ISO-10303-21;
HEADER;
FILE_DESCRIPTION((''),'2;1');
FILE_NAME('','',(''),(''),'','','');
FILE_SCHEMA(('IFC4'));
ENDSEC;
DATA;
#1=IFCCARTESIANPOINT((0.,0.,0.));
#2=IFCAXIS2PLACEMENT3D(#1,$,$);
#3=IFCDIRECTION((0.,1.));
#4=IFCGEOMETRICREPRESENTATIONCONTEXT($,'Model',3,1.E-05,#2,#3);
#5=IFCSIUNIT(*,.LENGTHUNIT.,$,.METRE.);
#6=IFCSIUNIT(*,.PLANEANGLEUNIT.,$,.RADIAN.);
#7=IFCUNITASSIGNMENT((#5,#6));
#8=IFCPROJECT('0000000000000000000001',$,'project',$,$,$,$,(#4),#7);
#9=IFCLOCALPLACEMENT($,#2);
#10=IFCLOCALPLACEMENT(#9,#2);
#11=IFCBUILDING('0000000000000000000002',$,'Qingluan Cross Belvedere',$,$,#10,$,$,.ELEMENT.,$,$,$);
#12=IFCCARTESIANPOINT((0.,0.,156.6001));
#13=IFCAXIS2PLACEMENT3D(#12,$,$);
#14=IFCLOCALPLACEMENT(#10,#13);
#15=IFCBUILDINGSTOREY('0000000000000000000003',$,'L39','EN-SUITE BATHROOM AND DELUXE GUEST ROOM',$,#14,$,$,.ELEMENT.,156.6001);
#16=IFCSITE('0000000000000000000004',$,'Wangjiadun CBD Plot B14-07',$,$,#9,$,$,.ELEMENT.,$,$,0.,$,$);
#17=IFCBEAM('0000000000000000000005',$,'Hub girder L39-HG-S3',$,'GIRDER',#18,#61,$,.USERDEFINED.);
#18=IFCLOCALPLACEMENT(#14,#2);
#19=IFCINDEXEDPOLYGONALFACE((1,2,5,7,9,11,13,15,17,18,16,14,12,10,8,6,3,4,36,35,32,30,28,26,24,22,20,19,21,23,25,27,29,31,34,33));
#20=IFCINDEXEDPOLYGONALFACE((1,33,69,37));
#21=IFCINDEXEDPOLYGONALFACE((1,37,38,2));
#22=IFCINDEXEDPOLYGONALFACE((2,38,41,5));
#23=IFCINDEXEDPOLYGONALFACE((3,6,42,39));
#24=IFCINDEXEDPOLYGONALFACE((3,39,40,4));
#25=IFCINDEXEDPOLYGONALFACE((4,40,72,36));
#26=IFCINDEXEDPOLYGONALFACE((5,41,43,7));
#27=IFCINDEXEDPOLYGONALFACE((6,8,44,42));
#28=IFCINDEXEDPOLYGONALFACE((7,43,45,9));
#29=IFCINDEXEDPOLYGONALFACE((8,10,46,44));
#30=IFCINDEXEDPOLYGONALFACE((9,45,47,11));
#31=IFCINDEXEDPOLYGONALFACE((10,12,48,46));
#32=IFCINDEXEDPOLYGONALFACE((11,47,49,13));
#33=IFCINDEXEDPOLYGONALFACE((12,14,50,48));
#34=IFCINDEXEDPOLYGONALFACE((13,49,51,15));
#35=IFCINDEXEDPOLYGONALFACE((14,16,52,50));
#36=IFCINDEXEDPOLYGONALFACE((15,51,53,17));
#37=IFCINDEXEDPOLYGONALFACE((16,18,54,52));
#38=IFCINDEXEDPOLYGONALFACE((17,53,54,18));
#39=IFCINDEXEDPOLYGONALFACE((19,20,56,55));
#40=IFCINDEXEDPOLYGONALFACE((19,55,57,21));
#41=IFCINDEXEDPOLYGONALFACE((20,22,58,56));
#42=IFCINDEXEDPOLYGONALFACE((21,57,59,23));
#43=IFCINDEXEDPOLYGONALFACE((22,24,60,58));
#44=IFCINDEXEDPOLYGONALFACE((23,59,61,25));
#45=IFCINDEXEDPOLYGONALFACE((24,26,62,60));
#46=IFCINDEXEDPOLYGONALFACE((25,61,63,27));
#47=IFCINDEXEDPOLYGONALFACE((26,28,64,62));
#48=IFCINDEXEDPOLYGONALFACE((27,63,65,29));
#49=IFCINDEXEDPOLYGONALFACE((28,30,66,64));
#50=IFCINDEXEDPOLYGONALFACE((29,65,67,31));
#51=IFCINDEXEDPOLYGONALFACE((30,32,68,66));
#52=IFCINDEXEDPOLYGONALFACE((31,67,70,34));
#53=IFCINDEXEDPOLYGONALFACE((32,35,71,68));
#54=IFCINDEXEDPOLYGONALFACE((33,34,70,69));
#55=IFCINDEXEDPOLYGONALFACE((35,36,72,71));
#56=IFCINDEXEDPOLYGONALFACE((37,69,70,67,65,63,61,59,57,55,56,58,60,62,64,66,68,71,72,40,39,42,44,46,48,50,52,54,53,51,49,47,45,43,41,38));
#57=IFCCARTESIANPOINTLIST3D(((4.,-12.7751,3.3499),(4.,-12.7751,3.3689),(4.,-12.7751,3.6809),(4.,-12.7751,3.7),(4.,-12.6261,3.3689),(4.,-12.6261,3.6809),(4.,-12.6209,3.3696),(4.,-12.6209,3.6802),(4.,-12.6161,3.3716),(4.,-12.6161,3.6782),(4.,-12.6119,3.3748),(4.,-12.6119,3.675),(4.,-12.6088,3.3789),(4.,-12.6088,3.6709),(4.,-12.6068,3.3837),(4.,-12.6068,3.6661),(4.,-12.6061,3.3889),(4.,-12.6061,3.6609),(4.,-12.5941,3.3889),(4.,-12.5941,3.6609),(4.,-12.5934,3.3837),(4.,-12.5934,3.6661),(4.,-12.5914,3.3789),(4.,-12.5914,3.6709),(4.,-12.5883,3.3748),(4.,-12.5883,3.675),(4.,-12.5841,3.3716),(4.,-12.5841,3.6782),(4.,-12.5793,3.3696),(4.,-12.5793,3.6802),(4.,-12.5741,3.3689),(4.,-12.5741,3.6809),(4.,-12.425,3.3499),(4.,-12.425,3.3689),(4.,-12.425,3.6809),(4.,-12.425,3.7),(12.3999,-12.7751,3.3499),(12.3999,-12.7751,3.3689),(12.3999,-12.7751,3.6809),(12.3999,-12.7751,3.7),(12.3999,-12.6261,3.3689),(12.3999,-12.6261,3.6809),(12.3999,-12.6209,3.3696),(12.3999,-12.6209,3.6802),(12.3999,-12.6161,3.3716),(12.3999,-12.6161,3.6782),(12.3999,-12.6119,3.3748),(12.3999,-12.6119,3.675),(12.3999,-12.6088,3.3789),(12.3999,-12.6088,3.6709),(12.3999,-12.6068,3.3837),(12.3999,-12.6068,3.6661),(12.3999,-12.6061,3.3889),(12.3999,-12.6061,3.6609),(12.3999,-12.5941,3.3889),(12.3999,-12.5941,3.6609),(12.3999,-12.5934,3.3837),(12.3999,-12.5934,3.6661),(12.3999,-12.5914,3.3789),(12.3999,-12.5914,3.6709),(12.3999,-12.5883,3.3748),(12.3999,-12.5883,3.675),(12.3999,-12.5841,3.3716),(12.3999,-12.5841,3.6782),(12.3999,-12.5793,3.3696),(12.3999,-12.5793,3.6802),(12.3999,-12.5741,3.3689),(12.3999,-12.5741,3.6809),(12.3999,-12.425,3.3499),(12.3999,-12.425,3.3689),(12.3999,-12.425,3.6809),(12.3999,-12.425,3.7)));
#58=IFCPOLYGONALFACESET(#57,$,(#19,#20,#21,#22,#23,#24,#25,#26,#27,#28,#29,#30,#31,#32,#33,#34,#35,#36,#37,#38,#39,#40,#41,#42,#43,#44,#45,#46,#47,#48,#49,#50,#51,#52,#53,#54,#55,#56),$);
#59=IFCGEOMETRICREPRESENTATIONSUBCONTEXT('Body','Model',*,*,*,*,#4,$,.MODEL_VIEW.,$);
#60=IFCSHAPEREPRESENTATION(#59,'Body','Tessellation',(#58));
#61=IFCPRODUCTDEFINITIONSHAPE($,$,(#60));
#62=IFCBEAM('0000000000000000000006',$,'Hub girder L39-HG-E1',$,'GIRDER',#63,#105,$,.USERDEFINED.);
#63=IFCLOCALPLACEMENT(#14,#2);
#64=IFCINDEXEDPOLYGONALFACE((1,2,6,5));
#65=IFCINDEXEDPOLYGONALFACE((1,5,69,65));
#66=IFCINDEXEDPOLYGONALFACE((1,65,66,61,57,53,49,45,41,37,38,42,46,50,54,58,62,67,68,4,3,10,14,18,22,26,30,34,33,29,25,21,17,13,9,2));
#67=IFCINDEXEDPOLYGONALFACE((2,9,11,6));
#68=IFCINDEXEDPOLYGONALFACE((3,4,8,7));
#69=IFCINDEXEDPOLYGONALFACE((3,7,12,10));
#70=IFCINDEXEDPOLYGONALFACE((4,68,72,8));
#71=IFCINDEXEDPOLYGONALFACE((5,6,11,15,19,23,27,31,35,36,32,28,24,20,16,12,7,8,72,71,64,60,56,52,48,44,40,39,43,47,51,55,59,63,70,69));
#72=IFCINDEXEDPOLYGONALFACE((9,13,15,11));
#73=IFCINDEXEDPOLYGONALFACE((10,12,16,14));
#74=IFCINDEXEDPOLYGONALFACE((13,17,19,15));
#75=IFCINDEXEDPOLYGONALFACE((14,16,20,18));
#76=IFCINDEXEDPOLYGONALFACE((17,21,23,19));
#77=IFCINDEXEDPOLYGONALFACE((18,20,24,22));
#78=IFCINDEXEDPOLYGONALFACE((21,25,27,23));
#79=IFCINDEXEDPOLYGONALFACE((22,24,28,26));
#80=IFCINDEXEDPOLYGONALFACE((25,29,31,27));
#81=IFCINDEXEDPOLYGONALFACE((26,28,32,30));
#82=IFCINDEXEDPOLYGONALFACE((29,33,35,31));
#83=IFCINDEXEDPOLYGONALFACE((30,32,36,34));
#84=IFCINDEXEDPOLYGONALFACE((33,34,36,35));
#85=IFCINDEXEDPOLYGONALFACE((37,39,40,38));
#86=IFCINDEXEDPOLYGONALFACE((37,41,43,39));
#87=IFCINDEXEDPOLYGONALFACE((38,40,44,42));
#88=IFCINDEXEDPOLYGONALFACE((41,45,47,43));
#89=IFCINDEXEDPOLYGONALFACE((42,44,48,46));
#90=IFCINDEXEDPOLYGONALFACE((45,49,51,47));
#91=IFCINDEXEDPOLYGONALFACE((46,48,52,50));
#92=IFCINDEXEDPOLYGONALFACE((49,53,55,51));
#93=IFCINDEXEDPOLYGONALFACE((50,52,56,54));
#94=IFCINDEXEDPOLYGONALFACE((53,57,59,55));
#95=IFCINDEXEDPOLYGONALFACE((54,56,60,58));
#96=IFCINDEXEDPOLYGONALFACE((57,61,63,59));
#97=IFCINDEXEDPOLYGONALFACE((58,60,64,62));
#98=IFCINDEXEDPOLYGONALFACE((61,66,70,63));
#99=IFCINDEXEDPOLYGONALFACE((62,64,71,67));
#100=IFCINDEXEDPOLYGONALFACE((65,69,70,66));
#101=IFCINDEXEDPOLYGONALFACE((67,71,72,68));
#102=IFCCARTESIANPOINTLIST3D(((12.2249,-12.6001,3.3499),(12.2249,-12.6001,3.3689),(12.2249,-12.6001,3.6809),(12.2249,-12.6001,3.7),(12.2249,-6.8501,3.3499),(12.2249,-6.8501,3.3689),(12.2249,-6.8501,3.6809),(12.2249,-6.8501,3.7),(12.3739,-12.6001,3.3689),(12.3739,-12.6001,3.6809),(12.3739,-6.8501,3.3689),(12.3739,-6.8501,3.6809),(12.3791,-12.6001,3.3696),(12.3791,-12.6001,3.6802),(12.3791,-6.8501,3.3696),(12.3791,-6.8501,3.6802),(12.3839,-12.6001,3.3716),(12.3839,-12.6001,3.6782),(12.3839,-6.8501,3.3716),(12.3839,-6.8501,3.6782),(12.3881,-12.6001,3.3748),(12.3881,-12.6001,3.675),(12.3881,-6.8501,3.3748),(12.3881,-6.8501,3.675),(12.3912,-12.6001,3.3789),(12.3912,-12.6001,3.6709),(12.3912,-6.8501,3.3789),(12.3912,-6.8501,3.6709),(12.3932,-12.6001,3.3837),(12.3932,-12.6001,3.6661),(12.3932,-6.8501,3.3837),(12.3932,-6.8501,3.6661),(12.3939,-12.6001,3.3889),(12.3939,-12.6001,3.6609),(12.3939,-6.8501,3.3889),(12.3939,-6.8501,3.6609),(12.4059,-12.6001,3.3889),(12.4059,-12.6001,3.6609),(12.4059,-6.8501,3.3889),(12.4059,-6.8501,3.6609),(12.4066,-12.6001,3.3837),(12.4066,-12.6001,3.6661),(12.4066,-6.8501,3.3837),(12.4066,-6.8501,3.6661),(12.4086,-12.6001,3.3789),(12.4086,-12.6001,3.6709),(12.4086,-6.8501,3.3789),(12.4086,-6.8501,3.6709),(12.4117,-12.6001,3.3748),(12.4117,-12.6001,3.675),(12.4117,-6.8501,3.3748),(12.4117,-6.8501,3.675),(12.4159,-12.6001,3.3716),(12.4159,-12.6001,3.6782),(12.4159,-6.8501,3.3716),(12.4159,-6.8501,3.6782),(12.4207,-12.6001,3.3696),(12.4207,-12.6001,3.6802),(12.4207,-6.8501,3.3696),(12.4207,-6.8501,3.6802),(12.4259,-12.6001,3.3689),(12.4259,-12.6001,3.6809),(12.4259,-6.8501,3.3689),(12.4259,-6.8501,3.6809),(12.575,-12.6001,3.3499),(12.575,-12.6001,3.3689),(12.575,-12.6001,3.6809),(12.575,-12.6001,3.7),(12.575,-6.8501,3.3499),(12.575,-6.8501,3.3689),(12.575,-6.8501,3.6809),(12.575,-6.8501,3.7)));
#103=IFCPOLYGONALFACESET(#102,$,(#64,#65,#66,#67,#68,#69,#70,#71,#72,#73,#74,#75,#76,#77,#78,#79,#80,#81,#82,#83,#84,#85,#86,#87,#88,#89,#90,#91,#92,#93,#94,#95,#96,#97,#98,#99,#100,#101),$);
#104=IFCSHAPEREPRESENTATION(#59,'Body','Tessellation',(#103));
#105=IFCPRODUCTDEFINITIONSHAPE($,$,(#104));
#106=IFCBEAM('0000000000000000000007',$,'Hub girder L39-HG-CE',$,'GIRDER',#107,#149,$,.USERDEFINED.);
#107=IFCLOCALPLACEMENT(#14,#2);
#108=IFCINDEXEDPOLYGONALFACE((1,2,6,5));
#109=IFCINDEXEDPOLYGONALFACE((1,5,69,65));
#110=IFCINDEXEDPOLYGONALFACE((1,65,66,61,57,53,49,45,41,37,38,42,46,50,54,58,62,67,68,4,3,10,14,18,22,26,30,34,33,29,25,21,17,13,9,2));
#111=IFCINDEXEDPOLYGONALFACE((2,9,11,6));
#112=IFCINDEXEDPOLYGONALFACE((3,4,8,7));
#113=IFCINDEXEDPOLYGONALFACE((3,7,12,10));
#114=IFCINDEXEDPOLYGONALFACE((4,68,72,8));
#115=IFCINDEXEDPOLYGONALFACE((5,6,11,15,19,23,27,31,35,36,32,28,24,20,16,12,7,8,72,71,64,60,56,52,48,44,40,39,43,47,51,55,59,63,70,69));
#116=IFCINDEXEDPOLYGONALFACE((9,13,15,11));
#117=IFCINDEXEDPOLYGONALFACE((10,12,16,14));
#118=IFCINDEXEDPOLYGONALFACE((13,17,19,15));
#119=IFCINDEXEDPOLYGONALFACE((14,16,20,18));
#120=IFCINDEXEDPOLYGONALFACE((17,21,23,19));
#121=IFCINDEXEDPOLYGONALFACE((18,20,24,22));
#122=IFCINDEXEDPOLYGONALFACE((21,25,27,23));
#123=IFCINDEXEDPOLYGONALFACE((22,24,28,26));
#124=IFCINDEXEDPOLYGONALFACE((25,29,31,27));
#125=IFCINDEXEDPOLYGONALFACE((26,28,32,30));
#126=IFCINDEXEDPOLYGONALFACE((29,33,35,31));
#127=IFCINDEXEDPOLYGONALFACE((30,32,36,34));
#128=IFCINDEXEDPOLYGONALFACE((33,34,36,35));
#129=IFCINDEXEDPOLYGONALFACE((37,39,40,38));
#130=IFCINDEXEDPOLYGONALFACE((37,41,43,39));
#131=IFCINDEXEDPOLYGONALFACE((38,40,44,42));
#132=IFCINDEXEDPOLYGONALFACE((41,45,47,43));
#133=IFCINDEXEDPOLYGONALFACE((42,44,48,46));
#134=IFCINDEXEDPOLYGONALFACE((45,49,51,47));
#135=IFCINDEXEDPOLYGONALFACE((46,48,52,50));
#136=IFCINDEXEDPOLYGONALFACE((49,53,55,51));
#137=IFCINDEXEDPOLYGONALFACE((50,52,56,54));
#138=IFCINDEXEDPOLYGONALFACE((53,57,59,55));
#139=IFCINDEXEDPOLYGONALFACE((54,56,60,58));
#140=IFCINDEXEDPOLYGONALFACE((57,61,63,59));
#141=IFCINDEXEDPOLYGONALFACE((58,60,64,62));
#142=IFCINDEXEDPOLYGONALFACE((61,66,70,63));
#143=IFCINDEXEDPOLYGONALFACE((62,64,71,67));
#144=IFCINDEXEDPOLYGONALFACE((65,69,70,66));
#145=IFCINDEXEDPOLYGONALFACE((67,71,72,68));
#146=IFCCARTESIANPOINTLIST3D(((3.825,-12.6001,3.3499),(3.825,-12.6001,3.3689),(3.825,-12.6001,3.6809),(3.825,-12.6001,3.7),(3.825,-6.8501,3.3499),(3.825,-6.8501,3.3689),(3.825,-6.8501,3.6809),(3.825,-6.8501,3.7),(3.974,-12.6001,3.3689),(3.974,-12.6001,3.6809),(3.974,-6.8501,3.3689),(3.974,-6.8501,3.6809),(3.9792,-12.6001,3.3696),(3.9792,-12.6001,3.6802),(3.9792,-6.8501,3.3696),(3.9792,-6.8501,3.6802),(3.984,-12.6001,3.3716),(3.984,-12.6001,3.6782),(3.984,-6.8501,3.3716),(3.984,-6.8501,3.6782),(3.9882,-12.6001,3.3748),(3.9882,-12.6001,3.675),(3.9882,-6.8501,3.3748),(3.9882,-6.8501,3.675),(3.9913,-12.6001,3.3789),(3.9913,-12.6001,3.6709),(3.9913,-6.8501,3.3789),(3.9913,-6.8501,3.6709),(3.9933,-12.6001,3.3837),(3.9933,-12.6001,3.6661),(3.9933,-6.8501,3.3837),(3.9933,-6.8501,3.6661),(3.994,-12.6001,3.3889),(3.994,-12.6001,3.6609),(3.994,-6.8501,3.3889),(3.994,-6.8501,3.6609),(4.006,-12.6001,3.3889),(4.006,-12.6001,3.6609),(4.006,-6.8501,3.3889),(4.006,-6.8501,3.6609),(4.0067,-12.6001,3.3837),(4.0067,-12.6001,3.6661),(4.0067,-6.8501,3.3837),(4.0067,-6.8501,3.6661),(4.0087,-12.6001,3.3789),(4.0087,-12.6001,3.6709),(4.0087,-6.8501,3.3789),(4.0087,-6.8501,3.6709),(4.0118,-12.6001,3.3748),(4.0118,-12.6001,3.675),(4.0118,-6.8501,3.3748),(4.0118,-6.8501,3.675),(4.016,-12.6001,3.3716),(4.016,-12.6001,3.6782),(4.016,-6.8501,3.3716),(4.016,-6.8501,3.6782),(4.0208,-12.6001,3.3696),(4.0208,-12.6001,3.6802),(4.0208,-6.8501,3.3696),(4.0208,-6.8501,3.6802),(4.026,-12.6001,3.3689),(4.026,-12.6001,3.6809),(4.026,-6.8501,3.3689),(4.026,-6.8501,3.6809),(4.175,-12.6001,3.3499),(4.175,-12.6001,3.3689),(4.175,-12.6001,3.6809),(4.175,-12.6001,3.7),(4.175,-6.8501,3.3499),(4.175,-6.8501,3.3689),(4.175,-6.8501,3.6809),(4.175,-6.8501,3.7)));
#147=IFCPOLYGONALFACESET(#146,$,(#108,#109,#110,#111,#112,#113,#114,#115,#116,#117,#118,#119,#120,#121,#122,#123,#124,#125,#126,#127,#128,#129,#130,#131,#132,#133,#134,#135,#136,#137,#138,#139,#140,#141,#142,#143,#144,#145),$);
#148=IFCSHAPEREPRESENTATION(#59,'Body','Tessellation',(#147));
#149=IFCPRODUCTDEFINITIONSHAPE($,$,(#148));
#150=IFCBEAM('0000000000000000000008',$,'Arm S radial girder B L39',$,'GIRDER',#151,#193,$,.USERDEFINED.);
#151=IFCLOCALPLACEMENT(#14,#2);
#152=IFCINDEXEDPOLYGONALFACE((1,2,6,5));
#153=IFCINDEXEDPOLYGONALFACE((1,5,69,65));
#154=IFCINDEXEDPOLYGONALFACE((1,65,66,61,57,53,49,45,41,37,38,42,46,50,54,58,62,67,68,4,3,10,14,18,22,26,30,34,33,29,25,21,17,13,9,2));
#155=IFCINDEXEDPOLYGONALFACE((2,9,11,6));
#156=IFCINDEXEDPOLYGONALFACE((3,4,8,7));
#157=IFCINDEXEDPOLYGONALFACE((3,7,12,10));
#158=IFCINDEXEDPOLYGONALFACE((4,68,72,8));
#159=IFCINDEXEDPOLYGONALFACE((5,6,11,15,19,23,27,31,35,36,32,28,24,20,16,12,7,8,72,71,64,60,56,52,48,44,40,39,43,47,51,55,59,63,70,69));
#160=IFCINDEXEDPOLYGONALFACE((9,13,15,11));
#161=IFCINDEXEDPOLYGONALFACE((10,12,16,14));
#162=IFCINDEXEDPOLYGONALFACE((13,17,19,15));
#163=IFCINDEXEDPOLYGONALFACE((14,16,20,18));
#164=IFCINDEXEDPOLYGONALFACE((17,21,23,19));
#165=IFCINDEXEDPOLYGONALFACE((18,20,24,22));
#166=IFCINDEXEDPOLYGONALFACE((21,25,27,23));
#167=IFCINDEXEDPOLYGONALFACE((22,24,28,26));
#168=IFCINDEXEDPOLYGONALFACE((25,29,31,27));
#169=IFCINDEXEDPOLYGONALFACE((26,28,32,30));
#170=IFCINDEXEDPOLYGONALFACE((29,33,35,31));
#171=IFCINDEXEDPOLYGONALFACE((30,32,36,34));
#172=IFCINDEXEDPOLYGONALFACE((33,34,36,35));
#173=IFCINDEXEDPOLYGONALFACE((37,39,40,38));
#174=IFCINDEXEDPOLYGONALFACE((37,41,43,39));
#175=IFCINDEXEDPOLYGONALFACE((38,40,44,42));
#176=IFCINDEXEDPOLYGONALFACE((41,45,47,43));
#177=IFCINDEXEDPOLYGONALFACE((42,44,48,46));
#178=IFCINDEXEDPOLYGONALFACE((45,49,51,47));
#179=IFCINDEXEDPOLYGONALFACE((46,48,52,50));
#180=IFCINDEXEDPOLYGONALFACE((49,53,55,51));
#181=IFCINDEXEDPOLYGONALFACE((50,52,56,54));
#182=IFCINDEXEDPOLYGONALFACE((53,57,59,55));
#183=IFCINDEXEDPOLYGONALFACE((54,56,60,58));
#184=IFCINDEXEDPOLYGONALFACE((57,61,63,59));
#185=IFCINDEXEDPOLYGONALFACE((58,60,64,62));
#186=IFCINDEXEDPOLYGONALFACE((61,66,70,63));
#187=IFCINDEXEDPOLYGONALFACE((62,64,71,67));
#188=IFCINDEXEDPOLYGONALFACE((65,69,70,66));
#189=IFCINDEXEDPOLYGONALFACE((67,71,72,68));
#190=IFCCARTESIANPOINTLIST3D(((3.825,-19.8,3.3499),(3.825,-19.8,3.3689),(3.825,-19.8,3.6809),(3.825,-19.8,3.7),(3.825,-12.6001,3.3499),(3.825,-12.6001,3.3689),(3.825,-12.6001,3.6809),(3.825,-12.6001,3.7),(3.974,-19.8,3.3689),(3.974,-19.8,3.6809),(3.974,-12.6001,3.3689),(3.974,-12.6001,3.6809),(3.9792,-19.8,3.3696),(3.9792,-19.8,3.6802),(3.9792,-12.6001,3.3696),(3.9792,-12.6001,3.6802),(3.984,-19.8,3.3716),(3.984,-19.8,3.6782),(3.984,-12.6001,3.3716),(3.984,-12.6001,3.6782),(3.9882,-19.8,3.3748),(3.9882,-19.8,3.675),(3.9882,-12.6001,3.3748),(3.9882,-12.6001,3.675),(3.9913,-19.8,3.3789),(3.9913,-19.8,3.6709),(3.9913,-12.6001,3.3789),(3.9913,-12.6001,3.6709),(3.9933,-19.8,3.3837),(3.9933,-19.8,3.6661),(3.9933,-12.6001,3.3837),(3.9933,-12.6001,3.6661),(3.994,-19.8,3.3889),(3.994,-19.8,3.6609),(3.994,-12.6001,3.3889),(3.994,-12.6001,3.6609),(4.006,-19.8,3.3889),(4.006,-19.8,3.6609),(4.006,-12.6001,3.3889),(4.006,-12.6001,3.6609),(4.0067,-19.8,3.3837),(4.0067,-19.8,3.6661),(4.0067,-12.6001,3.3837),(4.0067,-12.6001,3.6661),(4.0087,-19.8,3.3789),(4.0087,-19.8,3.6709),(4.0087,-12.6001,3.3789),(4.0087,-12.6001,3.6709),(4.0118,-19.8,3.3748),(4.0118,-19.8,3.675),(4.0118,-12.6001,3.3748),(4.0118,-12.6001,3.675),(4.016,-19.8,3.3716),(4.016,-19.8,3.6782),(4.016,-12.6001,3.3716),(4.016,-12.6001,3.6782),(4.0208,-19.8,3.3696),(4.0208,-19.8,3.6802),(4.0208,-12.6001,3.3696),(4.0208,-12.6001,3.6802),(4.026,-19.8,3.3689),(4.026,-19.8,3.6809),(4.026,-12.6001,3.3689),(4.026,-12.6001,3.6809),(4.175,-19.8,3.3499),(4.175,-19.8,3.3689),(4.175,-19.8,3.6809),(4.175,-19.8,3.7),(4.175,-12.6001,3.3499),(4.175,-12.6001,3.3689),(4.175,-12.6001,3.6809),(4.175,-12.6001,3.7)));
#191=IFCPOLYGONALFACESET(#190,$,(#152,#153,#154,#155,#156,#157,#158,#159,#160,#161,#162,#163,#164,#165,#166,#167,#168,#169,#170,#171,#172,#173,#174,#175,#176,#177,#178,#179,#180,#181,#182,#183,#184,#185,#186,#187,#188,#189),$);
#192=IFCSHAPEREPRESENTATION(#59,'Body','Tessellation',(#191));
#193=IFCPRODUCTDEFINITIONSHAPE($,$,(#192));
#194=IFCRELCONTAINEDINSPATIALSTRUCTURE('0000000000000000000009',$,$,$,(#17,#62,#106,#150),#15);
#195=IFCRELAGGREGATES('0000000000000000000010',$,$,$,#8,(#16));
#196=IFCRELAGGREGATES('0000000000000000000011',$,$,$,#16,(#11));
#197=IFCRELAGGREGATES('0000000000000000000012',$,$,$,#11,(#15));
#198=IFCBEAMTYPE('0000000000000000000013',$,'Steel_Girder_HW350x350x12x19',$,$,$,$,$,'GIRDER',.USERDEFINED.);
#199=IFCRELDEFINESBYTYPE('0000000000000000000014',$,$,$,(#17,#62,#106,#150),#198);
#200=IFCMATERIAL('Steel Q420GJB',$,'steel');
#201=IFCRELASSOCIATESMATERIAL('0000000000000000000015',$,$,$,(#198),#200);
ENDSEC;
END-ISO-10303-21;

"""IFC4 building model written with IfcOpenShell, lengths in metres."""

from ifc_helpers import new_model, si_unit, direction, frame, origin, origin_2d, place, context, subcontext, project, spatial, i_section, extrude, material, material_profile, profile_set, type_object, element, save


model = new_model("IFC4")

# Units and contexts
model_context = context("Model", 3, precision=1e-05, world=origin(), true_north=direction((0.0, 1.0)))
body_context = subcontext(model_context, "Body", "Model", "MODEL_VIEW")
ifc_project = project(units=[si_unit("LENGTHUNIT", "METRE"), si_unit("PLANEANGLEUNIT", "RADIAN")], contexts=[model_context])

# Site, building, storey
site_placement = place(None, origin())
site = spatial("IfcSite", under=ifc_project, at=site_placement, Name="Wangjiadun CBD Plot B14-07", CompositionType="ELEMENT", RefElevation=0.0)
building_placement = place(site_placement, origin())
building = spatial("IfcBuilding", under=site, at=building_placement, Name="Qingluan Cross Belvedere", CompositionType="ELEMENT")
storey_placement = place(building_placement, frame((0.0, 0.0, 156.6001)))
storey = spatial("IfcBuildingStorey", under=building, at=storey_placement, Name="L39", Description="EN-SUITE BATHROOM AND DELUXE GUEST ROOM", CompositionType="ELEMENT", Elevation=156.6001)

# Beams
ifc_material_1 = material(Name="Steel Q420GJB", Category="steel")
ifc_material_profile_1 = material_profile(ifc_material_1, i_section(OverallWidth=0.3501, OverallDepth=0.3501, WebThickness=0.012, FlangeThickness=0.019, FilletRadius=0.02, at=origin_2d()), Name="HW350x350x12x19")
ifc_profile_set_1 = profile_set([ifc_material_profile_1], Name="Steel Q420GJB")
beam_type_1 = type_object("IfcBeamType", Name="Steel_Girder_HW350x350x12x19", ElementType="GIRDER", PredefinedType="USERDEFINED", material=ifc_profile_set_1)
beam_1_placement = place(storey_placement, frame((4.0, -12.6001, 3.5249), z_axis=(1.0, 0.0, 0.0), x_axis=(0.0, 1.0, 0.0)))
element("IfcBeam", 1, at=beam_1_placement, inside=storey, type_object=beam_type_1, Name="Hub girder L39-HG-S3", ObjectType="GIRDER", PredefinedType="USERDEFINED", context=body_context, shape_type="SweptSolid", body=[
    extrude(i_section(OverallWidth=0.3501, OverallDepth=0.3501, WebThickness=0.012, FlangeThickness=0.019, FilletRadius=0.02, at=origin_2d()), origin(), (0.0, 0.0, 1.0), 8.3999),
])
for number, where, z_axis, x_axis, name in (
    (2, (12.3999, -12.6001, 3.5249), (0.0, 1.0, 0.0), (-1.0, 0.0, 0.0), "Hub girder L39-HG-E1"),
    (3, (4.0, -12.6001, 3.5249), (0.0, 1.0, 0.0), (-1.0, 0.0, 0.0), "Hub girder L39-HG-CE"),
):
    element("IfcBeam", number, at=place(storey_placement, frame(where, z_axis=z_axis, x_axis=x_axis)), inside=storey, type_object=beam_type_1, Name=name, ObjectType="GIRDER", PredefinedType="USERDEFINED", context=body_context, shape_type="SweptSolid", body=[
        extrude(i_section(OverallWidth=0.3501, OverallDepth=0.3501, WebThickness=0.012, FlangeThickness=0.019, FilletRadius=0.02, at=origin_2d()), origin(), (0.0, 0.0, 1.0), 5.75),
    ])
beam_2_placement = place(storey_placement, frame((4.0, -12.6001, 3.5249), z_axis=(0.0, -1.0, 0.0), x_axis=(1.0, 0.0, 0.0)))
element("IfcBeam", 4, at=beam_2_placement, inside=storey, type_object=beam_type_1, Name="Arm S radial girder B L39", ObjectType="GIRDER", PredefinedType="USERDEFINED", context=body_context, shape_type="SweptSolid", body=[
    extrude(i_section(OverallWidth=0.3501, OverallDepth=0.3501, WebThickness=0.012, FlangeThickness=0.019, FilletRadius=0.02, at=origin_2d()), origin(), (0.0, 0.0, 1.0), 7.2),
])

save(model, "model.ifc")
